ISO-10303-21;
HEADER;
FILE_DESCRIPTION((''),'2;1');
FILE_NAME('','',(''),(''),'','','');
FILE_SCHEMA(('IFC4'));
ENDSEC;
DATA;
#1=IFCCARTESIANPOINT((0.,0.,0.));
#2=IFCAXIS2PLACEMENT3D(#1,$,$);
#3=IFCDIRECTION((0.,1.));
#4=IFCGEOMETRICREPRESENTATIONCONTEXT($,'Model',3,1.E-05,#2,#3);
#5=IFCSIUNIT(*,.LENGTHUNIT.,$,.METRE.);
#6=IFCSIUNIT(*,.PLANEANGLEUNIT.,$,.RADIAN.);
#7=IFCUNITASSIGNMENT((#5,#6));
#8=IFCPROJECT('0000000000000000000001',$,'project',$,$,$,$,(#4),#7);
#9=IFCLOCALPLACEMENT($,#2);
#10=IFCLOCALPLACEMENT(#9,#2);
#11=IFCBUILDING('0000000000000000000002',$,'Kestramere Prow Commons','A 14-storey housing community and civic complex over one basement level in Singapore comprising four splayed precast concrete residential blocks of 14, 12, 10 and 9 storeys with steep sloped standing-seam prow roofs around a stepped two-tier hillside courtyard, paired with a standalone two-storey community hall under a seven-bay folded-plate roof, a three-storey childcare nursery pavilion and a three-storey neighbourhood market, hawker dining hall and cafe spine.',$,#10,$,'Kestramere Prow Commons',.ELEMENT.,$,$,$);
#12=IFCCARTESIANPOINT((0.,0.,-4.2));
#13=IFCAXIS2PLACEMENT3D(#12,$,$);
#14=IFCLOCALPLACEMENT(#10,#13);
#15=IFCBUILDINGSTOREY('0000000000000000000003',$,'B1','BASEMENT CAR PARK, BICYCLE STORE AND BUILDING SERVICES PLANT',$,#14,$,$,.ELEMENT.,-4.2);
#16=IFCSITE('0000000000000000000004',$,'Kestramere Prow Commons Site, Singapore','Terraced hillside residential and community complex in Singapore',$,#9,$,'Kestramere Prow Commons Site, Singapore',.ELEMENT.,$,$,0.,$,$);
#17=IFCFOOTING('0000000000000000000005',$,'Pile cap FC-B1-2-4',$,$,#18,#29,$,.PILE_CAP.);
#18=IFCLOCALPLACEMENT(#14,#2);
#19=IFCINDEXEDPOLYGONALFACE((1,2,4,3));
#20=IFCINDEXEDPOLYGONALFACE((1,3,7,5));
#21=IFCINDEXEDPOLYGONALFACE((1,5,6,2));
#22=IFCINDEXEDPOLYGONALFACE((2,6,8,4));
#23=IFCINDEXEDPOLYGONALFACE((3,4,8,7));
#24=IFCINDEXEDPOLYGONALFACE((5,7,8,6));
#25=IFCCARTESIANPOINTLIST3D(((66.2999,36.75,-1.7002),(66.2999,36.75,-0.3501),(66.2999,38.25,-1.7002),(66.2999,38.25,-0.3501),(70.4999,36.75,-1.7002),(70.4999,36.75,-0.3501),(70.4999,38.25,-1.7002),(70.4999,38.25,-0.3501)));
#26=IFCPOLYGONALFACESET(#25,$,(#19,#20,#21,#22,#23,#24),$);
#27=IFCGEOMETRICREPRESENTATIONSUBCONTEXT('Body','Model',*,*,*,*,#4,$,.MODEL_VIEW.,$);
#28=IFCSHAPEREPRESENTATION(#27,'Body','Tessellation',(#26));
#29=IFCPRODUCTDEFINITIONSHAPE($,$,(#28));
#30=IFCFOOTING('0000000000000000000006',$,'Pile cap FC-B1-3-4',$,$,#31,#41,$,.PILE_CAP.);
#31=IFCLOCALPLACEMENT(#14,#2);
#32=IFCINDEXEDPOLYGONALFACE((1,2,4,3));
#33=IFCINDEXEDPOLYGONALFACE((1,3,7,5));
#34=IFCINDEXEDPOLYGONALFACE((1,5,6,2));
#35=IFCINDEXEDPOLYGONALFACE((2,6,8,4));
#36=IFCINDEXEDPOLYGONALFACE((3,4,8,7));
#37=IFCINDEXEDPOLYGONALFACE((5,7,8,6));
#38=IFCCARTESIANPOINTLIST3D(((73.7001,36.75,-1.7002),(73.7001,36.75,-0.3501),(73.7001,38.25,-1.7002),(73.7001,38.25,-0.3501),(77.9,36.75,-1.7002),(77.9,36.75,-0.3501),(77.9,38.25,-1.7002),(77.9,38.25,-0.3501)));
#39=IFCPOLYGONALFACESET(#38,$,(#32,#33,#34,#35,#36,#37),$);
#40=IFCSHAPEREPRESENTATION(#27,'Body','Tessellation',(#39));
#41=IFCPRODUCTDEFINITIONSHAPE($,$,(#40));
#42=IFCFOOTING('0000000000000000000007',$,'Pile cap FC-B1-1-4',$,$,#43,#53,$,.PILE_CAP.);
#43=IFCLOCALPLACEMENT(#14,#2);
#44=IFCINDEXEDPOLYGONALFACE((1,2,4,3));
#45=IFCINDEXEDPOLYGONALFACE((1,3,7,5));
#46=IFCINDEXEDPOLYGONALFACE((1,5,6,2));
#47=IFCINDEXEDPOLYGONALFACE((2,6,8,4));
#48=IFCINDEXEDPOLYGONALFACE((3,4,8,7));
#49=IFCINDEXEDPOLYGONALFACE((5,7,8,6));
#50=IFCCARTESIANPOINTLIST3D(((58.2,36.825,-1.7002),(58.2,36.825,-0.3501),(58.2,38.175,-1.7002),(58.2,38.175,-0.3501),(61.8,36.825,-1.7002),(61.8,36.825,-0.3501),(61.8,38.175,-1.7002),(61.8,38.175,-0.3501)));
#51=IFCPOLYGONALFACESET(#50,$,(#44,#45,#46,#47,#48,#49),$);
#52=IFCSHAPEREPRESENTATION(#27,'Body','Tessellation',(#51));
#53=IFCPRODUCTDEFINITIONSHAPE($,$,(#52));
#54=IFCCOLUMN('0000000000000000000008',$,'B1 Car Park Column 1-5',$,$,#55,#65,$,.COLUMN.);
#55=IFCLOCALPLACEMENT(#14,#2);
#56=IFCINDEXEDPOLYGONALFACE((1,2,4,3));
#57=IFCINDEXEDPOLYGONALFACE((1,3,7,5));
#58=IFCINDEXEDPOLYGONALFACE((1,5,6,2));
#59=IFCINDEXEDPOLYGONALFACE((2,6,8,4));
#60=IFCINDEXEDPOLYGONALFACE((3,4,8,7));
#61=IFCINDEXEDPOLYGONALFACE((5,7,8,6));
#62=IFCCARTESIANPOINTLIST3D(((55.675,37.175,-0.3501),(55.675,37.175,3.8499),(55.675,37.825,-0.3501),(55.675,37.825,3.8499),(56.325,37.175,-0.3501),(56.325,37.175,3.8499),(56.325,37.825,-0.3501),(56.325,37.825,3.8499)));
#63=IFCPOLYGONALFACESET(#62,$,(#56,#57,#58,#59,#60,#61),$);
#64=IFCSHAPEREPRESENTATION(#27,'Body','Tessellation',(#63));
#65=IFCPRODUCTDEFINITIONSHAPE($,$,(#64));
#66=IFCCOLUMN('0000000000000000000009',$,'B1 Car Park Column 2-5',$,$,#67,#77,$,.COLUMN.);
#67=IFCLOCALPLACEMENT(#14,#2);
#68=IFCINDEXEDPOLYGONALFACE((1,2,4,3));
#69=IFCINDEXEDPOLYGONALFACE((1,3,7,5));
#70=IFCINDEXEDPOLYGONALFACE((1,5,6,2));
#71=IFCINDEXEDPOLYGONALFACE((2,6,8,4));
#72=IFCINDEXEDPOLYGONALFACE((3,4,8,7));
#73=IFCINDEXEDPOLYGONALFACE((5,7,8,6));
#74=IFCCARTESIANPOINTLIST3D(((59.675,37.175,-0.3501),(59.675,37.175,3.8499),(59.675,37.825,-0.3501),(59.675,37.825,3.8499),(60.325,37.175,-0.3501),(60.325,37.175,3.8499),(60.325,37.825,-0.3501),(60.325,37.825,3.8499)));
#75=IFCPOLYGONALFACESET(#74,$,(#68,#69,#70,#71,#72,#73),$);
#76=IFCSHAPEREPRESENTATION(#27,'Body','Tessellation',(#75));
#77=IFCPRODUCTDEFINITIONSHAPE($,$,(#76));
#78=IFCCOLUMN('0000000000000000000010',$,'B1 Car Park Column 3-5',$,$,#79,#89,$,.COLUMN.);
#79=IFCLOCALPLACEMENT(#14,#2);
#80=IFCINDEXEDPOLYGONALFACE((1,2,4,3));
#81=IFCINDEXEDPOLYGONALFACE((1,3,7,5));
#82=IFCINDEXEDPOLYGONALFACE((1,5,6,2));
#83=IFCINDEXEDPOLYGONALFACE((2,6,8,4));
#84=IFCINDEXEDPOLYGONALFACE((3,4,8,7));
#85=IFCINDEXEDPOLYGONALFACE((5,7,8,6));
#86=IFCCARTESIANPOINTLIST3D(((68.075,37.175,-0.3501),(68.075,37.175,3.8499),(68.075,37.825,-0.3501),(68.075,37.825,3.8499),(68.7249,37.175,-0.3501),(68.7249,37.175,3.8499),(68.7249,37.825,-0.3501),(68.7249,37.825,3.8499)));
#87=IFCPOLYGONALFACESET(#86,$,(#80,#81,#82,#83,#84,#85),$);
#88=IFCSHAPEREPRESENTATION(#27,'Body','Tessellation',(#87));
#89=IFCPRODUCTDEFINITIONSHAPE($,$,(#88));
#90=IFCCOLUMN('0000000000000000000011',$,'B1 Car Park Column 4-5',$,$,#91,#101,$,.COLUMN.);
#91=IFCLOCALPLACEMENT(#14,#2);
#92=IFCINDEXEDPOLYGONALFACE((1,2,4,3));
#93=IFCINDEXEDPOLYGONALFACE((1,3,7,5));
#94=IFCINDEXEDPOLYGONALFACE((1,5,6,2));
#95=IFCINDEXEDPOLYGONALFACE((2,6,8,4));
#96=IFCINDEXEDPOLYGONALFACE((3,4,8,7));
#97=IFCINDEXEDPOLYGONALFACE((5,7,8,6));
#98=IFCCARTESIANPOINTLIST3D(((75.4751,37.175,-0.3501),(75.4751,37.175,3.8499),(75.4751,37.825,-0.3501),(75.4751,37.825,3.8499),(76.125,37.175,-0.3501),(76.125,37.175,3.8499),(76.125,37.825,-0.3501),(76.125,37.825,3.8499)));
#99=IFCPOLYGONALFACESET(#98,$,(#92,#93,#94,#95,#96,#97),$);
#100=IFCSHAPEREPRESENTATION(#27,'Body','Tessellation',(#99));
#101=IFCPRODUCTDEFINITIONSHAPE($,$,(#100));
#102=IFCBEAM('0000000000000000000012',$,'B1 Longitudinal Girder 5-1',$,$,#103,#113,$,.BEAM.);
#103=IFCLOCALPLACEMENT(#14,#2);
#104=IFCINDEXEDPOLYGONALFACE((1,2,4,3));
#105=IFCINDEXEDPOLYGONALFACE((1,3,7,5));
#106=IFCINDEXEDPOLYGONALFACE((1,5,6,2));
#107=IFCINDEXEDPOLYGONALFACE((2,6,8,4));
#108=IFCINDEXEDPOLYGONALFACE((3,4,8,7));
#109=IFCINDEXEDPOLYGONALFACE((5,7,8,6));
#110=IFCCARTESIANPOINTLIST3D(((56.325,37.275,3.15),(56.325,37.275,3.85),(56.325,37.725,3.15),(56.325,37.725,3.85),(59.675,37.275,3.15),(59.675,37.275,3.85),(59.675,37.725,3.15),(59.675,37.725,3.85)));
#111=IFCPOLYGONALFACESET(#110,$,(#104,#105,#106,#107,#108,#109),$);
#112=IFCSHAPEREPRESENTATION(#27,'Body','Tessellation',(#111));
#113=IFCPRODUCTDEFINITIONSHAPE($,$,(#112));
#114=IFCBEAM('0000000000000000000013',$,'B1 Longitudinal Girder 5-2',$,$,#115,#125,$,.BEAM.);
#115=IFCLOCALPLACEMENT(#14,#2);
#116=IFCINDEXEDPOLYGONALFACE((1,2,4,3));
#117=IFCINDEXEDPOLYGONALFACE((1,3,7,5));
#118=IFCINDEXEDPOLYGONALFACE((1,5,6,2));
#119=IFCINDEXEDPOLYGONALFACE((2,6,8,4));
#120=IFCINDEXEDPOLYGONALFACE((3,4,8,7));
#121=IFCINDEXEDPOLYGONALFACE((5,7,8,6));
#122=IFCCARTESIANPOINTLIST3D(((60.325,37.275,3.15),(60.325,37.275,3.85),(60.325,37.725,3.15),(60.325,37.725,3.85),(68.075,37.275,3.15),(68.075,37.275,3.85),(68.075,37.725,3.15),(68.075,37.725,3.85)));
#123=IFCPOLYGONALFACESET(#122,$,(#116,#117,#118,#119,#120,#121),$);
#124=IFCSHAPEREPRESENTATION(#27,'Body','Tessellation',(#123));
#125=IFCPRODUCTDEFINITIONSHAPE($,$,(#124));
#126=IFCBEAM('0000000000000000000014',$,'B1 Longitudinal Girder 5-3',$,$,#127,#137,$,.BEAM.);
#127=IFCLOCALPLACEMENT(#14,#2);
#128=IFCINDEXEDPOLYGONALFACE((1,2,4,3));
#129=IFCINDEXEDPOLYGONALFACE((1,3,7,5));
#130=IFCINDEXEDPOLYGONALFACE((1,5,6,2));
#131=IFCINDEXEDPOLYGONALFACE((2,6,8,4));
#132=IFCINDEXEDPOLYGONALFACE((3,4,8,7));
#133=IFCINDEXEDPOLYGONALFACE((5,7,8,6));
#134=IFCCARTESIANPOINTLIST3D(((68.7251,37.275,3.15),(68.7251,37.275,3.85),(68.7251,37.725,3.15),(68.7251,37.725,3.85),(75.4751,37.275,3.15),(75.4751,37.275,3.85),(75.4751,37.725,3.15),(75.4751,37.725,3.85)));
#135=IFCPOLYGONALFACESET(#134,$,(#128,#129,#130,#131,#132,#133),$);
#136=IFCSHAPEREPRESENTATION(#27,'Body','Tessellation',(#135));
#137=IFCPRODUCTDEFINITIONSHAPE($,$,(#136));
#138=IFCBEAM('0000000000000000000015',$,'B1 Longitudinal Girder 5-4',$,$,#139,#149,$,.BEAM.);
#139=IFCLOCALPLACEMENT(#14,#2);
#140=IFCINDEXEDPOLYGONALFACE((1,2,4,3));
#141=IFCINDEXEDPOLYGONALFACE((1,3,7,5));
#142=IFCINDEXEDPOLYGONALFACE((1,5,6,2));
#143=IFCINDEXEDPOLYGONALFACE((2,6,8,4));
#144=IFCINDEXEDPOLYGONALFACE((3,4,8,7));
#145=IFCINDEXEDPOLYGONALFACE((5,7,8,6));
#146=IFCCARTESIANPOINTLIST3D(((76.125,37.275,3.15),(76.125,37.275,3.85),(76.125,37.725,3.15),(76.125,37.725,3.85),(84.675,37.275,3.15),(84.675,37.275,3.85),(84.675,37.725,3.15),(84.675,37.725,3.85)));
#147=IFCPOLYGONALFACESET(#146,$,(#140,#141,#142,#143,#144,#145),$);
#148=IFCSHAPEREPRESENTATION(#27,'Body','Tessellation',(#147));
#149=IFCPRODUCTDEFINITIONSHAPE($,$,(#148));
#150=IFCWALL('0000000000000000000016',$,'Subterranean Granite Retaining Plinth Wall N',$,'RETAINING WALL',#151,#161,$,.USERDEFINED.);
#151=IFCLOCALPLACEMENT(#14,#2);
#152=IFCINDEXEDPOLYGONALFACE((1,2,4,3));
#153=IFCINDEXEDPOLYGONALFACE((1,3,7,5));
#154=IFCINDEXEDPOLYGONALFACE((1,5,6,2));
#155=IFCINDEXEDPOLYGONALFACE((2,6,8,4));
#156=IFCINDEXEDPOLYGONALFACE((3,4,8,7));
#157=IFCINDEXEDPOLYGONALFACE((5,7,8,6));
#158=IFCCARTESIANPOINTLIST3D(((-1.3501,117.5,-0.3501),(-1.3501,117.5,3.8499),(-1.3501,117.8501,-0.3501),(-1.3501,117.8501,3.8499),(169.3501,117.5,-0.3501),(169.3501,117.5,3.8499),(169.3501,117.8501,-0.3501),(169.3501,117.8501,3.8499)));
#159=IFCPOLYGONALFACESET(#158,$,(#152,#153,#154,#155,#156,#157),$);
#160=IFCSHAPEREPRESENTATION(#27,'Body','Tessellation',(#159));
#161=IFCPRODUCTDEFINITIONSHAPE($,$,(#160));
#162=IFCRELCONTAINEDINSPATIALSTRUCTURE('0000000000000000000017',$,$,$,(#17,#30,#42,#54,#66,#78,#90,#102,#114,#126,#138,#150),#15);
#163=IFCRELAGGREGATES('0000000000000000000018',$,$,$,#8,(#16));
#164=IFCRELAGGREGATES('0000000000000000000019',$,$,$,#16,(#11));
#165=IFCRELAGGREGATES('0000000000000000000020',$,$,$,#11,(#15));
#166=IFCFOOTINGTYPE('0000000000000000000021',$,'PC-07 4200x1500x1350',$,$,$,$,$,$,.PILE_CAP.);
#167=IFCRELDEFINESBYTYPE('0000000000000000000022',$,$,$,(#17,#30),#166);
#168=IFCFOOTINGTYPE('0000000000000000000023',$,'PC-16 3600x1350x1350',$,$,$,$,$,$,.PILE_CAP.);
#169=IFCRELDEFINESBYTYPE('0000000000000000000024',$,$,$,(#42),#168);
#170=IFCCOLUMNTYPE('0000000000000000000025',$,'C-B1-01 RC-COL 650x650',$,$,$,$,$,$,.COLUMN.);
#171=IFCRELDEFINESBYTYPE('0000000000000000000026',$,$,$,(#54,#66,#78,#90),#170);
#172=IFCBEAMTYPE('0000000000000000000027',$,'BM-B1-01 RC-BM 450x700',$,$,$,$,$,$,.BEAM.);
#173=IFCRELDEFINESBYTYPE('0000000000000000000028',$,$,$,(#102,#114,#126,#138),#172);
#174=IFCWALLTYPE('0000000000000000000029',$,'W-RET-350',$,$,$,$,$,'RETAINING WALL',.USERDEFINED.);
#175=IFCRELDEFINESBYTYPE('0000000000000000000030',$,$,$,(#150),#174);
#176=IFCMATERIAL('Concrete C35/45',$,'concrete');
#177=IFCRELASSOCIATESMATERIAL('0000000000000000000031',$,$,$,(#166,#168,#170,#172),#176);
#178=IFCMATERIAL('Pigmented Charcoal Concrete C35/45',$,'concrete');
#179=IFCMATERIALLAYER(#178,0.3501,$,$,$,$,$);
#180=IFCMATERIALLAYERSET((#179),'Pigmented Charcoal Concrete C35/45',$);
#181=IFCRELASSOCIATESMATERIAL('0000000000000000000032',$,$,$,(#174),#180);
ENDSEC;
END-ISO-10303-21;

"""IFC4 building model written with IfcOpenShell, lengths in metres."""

from ifc_helpers import new_model, si_unit, direction, frame, frame_2d, origin, origin_2d, place, context, subcontext, project, spatial, rectangle, extrude, material, layer, layer_set, material_profile, profile_set, type_object, element, save


model = new_model("IFC4")

# Units and contexts
model_context = context("Model", 3, precision=1e-05, world=origin(), true_north=direction((0.0, 1.0)))
body_context = subcontext(model_context, "Body", "Model", "MODEL_VIEW")
ifc_project = project(units=[si_unit("LENGTHUNIT", "METRE"), si_unit("PLANEANGLEUNIT", "RADIAN")], contexts=[model_context])

# Site, building, storey
site_placement = place(None, origin())
site = spatial("IfcSite", under=ifc_project, at=site_placement, Name="Kestramere Prow Commons Site, Singapore", Description="Terraced hillside residential and community complex in Singapore", LongName="Kestramere Prow Commons Site, Singapore", CompositionType="ELEMENT", RefElevation=0.0)
building_placement = place(site_placement, origin())
building = spatial("IfcBuilding", under=site, at=building_placement, Name="Kestramere Prow Commons", Description="A 14-storey housing community and civic complex over one basement level in Singapore comprising four splayed precast concrete residential blocks of 14, 12, 10 and 9 storeys with steep sloped standing-seam prow roofs around a stepped two-tier hillside courtyard, paired with a standalone two-storey community hall under a seven-bay folded-plate roof, a three-storey childcare nursery pavilion and a three-storey neighbourhood market, hawker dining hall and cafe spine.", LongName="Kestramere Prow Commons", CompositionType="ELEMENT")
storey_placement = place(building_placement, frame((0.0, 0.0, -4.2)))
storey = spatial("IfcBuildingStorey", under=building, at=storey_placement, Name="B1", Description="BASEMENT CAR PARK, BICYCLE STORE AND BUILDING SERVICES PLANT", CompositionType="ELEMENT", Elevation=-4.2)

# Shared definitions
ifc_material_1 = material(Name="Concrete C35/45", Category="concrete")

# Footings
footing_type_1 = type_object("IfcFootingType", Name="PC-07 4200x1500x1350", PredefinedType="PILE_CAP", material=ifc_material_1)
for number, where, z_axis, x_axis, name in (
    (1, (68.3999, 37.5, -1.7002), (0.0, 0.0, 1.0), (1.0, 0.0, 0.0), "Pile cap FC-B1-2-4"),
    (2, (75.8, 37.5, -1.7002), (0.0, 0.0, 1.0), (1.0, 0.0, 0.0), "Pile cap FC-B1-3-4"),
):
    element("IfcFooting", number, at=place(storey_placement, frame(where, z_axis=z_axis, x_axis=x_axis)), inside=storey, type_object=footing_type_1, Name=name, PredefinedType="PILE_CAP", context=body_context, shape_type="SweptSolid", body=[
        extrude(rectangle(XDim=4.2, YDim=1.5, at=origin_2d()), origin(), (0.0, 0.0, 1.0), 1.3501),
    ])
footing_type_2 = type_object("IfcFootingType", Name="PC-16 3600x1350x1350", PredefinedType="PILE_CAP", material=ifc_material_1)
footing_1_placement = place(storey_placement, frame((60.0, 37.5, -1.7002), z_axis=(0.0, 0.0, 1.0), x_axis=(1.0, 0.0, 0.0)))
element("IfcFooting", 3, at=footing_1_placement, inside=storey, type_object=footing_type_2, Name="Pile cap FC-B1-1-4", PredefinedType="PILE_CAP", context=body_context, shape_type="SweptSolid", body=[
    extrude(rectangle(XDim=3.6001, YDim=1.3501, at=origin_2d()), origin(), (0.0, 0.0, 1.0), 1.3501),
])

# Columns
ifc_material_profile_1 = material_profile(ifc_material_1, rectangle(XDim=0.6499, YDim=0.6499, at=origin_2d()), Name="RC-COL 650x650")
ifc_profile_set_1 = profile_set([ifc_material_profile_1], Name="Concrete C35/45")
column_type = type_object("IfcColumnType", Name="C-B1-01 RC-COL 650x650", PredefinedType="COLUMN", material=ifc_profile_set_1)
for number, where, z_axis, x_axis, name in (
    (4, (56.0, 37.5, -0.3501), (0.0, 0.0, 1.0), (1.0, 0.0, 0.0), "B1 Car Park Column 1-5"),
    (5, (60.0, 37.5, -0.3501), (0.0, 0.0, 1.0), (1.0, 0.0, 0.0), "B1 Car Park Column 2-5"),
    (6, (68.3999, 37.5, -0.3501), (0.0, 0.0, 1.0), (1.0, 0.0, 0.0), "B1 Car Park Column 3-5"),
    (7, (75.8, 37.5, -0.3501), (0.0, 0.0, 1.0), (1.0, 0.0, 0.0), "B1 Car Park Column 4-5"),
):
    element("IfcColumn", number, at=place(storey_placement, frame(where, z_axis=z_axis, x_axis=x_axis)), inside=storey, type_object=column_type, Name=name, PredefinedType="COLUMN", context=body_context, shape_type="SweptSolid", body=[
        extrude(rectangle(XDim=0.6499, YDim=0.6499, at=origin_2d()), origin(), (0.0, 0.0, 1.0), 4.2),
    ])

# Beams
ifc_material_profile_2 = material_profile(ifc_material_1, rectangle(XDim=0.45, YDim=0.7, at=origin_2d()), Name="RC-BM 450x700")
ifc_profile_set_2 = profile_set([ifc_material_profile_2], Name="Concrete C35/45")
beam_type = type_object("IfcBeamType", Name="BM-B1-01 RC-BM 450x700", PredefinedType="BEAM", material=ifc_profile_set_2)
beam_1_placement = place(storey_placement, frame((56.325, 37.5, 3.5), z_axis=(1.0, 0.0, 0.0), x_axis=(0.0, 1.0, 0.0)))
element("IfcBeam", 8, at=beam_1_placement, inside=storey, type_object=beam_type, Name="B1 Longitudinal Girder 5-1", PredefinedType="BEAM", context=body_context, shape_type="SweptSolid", body=[
    extrude(rectangle(XDim=0.45, YDim=0.7, at=origin_2d()), origin(), (0.0, 0.0, 1.0), 3.3501),
])
beam_2_placement = place(storey_placement, frame((60.325, 37.5, 3.5), z_axis=(1.0, 0.0, 0.0), x_axis=(0.0, 1.0, 0.0)))
element("IfcBeam", 9, at=beam_2_placement, inside=storey, type_object=beam_type, Name="B1 Longitudinal Girder 5-2", PredefinedType="BEAM", context=body_context, shape_type="SweptSolid", body=[
    extrude(rectangle(XDim=0.45, YDim=0.7, at=origin_2d()), origin(), (0.0, 0.0, 1.0), 7.75),
])
beam_3_placement = place(storey_placement, frame((68.7251, 37.5, 3.5), z_axis=(1.0, 0.0, 0.0), x_axis=(0.0, 1.0, 0.0)))
element("IfcBeam", 10, at=beam_3_placement, inside=storey, type_object=beam_type, Name="B1 Longitudinal Girder 5-3", PredefinedType="BEAM", context=body_context, shape_type="SweptSolid", body=[
    extrude(rectangle(XDim=0.45, YDim=0.7, at=origin_2d()), origin(), (0.0, 0.0, 1.0), 6.75),
])
beam_4_placement = place(storey_placement, frame((76.125, 37.5, 3.5), z_axis=(1.0, 0.0, 0.0), x_axis=(0.0, 1.0, 0.0)))
element("IfcBeam", 11, at=beam_4_placement, inside=storey, type_object=beam_type, Name="B1 Longitudinal Girder 5-4", PredefinedType="BEAM", context=body_context, shape_type="SweptSolid", body=[
    extrude(rectangle(XDim=0.45, YDim=0.7, at=origin_2d()), origin(), (0.0, 0.0, 1.0), 8.55),
])

# Wall
ifc_material_2 = material(Name="Pigmented Charcoal Concrete C35/45", Category="concrete")
ifc_layer = layer(ifc_material_2, 0.3501)
ifc_layer_set = layer_set([ifc_layer], Name="Pigmented Charcoal Concrete C35/45")
wall_type = type_object("IfcWallType", Name="W-RET-350", ElementType="RETAINING WALL", PredefinedType="USERDEFINED", material=ifc_layer_set)
wall_placement = place(storey_placement, frame((-1.3501, 117.675, -0.3501), z_axis=(0.0, 0.0, 1.0), x_axis=(1.0, 0.0, 0.0)))
element("IfcWall", 12, at=wall_placement, inside=storey, type_object=wall_type, Name="Subterranean Granite Retaining Plinth Wall N", ObjectType="RETAINING WALL", PredefinedType="USERDEFINED", context=body_context, shape_type="SweptSolid", body=[
    extrude(rectangle(XDim=170.7002, YDim=0.3501, at=frame_2d((85.3501, 0.0))), origin(), (0.0, 0.0, 1.0), 4.2),
])

save(model, "model.ifc")
